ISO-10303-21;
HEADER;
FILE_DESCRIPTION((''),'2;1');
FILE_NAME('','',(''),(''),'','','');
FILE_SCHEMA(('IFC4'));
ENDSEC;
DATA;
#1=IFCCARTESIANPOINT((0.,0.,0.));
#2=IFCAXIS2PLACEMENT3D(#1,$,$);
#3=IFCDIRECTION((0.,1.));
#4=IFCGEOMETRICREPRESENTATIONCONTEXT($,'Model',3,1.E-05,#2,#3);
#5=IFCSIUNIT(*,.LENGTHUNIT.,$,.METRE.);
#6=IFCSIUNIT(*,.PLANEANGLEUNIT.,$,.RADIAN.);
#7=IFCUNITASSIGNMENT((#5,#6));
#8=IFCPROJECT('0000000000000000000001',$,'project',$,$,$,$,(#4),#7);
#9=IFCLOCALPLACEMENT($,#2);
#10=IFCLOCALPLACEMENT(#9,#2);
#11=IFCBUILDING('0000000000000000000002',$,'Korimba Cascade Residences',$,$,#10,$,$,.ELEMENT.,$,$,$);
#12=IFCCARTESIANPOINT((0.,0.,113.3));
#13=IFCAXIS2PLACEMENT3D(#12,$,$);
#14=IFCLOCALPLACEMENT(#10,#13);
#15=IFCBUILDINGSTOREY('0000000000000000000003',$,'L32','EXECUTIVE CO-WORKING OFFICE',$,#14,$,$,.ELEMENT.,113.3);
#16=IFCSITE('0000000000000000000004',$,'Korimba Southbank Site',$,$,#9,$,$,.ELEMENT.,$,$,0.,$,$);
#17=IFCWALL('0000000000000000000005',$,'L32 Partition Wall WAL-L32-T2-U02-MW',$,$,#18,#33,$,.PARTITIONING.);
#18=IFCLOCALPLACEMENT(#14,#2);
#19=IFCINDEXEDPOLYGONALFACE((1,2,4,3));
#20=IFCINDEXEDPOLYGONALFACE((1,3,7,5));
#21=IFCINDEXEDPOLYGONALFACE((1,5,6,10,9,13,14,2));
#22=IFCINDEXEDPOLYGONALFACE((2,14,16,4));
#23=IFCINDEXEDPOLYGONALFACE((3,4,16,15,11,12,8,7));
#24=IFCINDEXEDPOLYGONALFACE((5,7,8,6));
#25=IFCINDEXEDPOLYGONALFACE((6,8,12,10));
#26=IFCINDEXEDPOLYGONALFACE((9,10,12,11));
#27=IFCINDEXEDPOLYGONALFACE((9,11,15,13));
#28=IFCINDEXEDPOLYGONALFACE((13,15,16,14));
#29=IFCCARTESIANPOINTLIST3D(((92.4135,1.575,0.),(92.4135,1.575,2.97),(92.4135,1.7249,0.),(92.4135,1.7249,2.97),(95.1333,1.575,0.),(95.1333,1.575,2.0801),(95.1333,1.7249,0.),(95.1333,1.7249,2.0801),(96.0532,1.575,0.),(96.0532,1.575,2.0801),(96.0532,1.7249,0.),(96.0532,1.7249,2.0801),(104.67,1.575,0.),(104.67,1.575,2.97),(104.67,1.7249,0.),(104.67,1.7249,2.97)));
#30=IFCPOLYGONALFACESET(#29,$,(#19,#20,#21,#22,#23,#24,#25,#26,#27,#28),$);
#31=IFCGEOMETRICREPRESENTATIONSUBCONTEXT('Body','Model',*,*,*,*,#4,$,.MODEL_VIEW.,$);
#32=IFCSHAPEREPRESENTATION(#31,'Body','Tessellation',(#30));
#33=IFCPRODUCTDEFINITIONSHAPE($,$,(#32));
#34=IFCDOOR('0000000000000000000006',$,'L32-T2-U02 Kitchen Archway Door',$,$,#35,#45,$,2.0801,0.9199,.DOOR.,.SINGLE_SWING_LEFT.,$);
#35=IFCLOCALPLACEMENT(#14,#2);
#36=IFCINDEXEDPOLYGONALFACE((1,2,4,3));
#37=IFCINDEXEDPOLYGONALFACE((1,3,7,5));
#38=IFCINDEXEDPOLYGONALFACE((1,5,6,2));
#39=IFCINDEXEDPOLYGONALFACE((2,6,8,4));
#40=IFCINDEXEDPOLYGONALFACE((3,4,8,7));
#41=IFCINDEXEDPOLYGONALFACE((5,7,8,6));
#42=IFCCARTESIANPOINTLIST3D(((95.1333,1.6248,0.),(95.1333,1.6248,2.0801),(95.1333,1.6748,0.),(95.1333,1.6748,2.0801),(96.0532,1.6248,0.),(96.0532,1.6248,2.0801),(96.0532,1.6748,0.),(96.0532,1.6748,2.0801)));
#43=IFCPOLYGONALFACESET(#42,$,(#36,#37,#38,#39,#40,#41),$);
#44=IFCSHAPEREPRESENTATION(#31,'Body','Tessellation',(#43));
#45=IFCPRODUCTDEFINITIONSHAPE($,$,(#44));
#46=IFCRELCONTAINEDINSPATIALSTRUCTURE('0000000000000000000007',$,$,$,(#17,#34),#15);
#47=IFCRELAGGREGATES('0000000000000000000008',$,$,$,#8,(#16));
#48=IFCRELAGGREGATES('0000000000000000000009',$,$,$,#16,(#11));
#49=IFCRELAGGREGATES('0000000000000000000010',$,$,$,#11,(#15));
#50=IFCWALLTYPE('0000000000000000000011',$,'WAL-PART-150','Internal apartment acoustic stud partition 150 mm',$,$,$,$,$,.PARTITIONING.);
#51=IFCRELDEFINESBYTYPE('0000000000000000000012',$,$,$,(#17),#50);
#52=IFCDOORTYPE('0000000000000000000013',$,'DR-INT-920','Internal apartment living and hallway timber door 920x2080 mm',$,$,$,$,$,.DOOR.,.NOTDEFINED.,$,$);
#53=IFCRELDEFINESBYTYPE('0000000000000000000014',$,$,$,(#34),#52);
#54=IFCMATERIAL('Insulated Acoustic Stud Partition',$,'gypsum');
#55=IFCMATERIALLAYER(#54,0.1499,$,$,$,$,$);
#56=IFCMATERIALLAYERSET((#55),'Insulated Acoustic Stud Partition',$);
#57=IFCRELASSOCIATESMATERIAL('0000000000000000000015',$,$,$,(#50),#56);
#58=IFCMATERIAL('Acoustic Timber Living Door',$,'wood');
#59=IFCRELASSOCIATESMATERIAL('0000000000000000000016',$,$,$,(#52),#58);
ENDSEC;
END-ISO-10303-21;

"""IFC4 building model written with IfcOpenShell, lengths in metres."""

from ifc_helpers import new_model, si_unit, direction, frame, frame_2d, origin, place, context, subcontext, project, spatial, rectangle, extrude, material, layer, layer_set, type_object, element, fill, save


model = new_model("IFC4")

# Units and contexts
model_context = context("Model", 3, precision=1e-05, world=origin(), true_north=direction((0.0, 1.0)))
body_context = subcontext(model_context, "Body", "Model", "MODEL_VIEW")
ifc_project = project(units=[si_unit("LENGTHUNIT", "METRE"), si_unit("PLANEANGLEUNIT", "RADIAN")], contexts=[model_context])

# Site, building, storey
site_placement = place(None, origin())
site = spatial("IfcSite", under=ifc_project, at=site_placement, Name="Korimba Southbank Site", CompositionType="ELEMENT", RefElevation=0.0)
building_placement = place(site_placement, origin())
building = spatial("IfcBuilding", under=site, at=building_placement, Name="Korimba Cascade Residences", CompositionType="ELEMENT")
storey_placement = place(building_placement, frame((0.0, 0.0, 113.3)))
storey = spatial("IfcBuildingStorey", under=building, at=storey_placement, Name="L32", Description="EXECUTIVE CO-WORKING OFFICE", CompositionType="ELEMENT", Elevation=113.3)

# Shared definitions
ifc_material_1 = material(Name="Insulated Acoustic Stud Partition", Category="gypsum")
ifc_layer = layer(ifc_material_1, 0.1499)
ifc_layer_set = layer_set([ifc_layer], Name="Insulated Acoustic Stud Partition")
wall_type = type_object("IfcWallType", Name="WAL-PART-150", Description="Internal apartment acoustic stud partition 150 mm", PredefinedType="PARTITIONING", material=ifc_layer_set)

# Wall, opening, door
wall_1_placement = place(storey_placement, frame((92.4133, 1.6499, 0.0), z_axis=(0.0, 0.0, 1.0), x_axis=(1.0, 0.0, 0.0)))
wall_1 = element("IfcWall", 1, at=wall_1_placement, inside=storey, type_object=wall_type, Name="L32 Partition Wall WAL-L32-T2-U02-MW", PredefinedType="PARTITIONING", context=body_context, shape_type="SweptSolid", body=[
    extrude(rectangle(XDim=12.2566, YDim=0.1499, at=frame_2d((6.1284, 0.0))), origin(), (0.0, 0.0, 1.0), 2.97),
])
opening_1_placement = place(wall_1_placement, frame((2.72, 0.0, 0.0)))
opening_1 = element("IfcOpeningElement", 2, at=opening_1_placement, cuts=wall_1, PredefinedType="OPENING", context=body_context, shape_type="SweptSolid", body=[
    extrude(rectangle(XDim=0.9199, YDim=2.0801, at=frame_2d((0.46, 1.04))), frame((0.0, 0.085, 0.0), z_axis=(0.0, -1.0, 0.0), x_axis=(1.0, 0.0, 0.0)), (0.0, 0.0, 1.0), 0.1699),
])
ifc_material_2 = material(Name="Acoustic Timber Living Door", Category="wood")
door_type_1 = type_object("IfcDoorType", Name="DR-INT-920", Description="Internal apartment living and hallway timber door 920x2080 mm", OperationType="NOTDEFINED", PredefinedType="DOOR", material=ifc_material_2)
door_1_placement = place(opening_1_placement, origin())
door_1 = element("IfcDoor", 3, at=door_1_placement, inside=storey, type_object=door_type_1, Name="L32-T2-U02 Kitchen Archway Door", OperationType="SINGLE_SWING_LEFT", OverallHeight=2.0801, OverallWidth=0.9199, PredefinedType="DOOR", context=body_context, shape_type="SweptSolid", body=[
    extrude(rectangle(XDim=0.9199, YDim=2.0801, at=frame_2d((0.46, 1.04))), frame((0.0, 0.0249, 0.0), z_axis=(0.0, -1.0, 0.0), x_axis=(1.0, 0.0, 0.0)), (0.0, 0.0, 1.0), 0.05),
])
fill(opening_1, door_1)

save(model, "model.ifc")
